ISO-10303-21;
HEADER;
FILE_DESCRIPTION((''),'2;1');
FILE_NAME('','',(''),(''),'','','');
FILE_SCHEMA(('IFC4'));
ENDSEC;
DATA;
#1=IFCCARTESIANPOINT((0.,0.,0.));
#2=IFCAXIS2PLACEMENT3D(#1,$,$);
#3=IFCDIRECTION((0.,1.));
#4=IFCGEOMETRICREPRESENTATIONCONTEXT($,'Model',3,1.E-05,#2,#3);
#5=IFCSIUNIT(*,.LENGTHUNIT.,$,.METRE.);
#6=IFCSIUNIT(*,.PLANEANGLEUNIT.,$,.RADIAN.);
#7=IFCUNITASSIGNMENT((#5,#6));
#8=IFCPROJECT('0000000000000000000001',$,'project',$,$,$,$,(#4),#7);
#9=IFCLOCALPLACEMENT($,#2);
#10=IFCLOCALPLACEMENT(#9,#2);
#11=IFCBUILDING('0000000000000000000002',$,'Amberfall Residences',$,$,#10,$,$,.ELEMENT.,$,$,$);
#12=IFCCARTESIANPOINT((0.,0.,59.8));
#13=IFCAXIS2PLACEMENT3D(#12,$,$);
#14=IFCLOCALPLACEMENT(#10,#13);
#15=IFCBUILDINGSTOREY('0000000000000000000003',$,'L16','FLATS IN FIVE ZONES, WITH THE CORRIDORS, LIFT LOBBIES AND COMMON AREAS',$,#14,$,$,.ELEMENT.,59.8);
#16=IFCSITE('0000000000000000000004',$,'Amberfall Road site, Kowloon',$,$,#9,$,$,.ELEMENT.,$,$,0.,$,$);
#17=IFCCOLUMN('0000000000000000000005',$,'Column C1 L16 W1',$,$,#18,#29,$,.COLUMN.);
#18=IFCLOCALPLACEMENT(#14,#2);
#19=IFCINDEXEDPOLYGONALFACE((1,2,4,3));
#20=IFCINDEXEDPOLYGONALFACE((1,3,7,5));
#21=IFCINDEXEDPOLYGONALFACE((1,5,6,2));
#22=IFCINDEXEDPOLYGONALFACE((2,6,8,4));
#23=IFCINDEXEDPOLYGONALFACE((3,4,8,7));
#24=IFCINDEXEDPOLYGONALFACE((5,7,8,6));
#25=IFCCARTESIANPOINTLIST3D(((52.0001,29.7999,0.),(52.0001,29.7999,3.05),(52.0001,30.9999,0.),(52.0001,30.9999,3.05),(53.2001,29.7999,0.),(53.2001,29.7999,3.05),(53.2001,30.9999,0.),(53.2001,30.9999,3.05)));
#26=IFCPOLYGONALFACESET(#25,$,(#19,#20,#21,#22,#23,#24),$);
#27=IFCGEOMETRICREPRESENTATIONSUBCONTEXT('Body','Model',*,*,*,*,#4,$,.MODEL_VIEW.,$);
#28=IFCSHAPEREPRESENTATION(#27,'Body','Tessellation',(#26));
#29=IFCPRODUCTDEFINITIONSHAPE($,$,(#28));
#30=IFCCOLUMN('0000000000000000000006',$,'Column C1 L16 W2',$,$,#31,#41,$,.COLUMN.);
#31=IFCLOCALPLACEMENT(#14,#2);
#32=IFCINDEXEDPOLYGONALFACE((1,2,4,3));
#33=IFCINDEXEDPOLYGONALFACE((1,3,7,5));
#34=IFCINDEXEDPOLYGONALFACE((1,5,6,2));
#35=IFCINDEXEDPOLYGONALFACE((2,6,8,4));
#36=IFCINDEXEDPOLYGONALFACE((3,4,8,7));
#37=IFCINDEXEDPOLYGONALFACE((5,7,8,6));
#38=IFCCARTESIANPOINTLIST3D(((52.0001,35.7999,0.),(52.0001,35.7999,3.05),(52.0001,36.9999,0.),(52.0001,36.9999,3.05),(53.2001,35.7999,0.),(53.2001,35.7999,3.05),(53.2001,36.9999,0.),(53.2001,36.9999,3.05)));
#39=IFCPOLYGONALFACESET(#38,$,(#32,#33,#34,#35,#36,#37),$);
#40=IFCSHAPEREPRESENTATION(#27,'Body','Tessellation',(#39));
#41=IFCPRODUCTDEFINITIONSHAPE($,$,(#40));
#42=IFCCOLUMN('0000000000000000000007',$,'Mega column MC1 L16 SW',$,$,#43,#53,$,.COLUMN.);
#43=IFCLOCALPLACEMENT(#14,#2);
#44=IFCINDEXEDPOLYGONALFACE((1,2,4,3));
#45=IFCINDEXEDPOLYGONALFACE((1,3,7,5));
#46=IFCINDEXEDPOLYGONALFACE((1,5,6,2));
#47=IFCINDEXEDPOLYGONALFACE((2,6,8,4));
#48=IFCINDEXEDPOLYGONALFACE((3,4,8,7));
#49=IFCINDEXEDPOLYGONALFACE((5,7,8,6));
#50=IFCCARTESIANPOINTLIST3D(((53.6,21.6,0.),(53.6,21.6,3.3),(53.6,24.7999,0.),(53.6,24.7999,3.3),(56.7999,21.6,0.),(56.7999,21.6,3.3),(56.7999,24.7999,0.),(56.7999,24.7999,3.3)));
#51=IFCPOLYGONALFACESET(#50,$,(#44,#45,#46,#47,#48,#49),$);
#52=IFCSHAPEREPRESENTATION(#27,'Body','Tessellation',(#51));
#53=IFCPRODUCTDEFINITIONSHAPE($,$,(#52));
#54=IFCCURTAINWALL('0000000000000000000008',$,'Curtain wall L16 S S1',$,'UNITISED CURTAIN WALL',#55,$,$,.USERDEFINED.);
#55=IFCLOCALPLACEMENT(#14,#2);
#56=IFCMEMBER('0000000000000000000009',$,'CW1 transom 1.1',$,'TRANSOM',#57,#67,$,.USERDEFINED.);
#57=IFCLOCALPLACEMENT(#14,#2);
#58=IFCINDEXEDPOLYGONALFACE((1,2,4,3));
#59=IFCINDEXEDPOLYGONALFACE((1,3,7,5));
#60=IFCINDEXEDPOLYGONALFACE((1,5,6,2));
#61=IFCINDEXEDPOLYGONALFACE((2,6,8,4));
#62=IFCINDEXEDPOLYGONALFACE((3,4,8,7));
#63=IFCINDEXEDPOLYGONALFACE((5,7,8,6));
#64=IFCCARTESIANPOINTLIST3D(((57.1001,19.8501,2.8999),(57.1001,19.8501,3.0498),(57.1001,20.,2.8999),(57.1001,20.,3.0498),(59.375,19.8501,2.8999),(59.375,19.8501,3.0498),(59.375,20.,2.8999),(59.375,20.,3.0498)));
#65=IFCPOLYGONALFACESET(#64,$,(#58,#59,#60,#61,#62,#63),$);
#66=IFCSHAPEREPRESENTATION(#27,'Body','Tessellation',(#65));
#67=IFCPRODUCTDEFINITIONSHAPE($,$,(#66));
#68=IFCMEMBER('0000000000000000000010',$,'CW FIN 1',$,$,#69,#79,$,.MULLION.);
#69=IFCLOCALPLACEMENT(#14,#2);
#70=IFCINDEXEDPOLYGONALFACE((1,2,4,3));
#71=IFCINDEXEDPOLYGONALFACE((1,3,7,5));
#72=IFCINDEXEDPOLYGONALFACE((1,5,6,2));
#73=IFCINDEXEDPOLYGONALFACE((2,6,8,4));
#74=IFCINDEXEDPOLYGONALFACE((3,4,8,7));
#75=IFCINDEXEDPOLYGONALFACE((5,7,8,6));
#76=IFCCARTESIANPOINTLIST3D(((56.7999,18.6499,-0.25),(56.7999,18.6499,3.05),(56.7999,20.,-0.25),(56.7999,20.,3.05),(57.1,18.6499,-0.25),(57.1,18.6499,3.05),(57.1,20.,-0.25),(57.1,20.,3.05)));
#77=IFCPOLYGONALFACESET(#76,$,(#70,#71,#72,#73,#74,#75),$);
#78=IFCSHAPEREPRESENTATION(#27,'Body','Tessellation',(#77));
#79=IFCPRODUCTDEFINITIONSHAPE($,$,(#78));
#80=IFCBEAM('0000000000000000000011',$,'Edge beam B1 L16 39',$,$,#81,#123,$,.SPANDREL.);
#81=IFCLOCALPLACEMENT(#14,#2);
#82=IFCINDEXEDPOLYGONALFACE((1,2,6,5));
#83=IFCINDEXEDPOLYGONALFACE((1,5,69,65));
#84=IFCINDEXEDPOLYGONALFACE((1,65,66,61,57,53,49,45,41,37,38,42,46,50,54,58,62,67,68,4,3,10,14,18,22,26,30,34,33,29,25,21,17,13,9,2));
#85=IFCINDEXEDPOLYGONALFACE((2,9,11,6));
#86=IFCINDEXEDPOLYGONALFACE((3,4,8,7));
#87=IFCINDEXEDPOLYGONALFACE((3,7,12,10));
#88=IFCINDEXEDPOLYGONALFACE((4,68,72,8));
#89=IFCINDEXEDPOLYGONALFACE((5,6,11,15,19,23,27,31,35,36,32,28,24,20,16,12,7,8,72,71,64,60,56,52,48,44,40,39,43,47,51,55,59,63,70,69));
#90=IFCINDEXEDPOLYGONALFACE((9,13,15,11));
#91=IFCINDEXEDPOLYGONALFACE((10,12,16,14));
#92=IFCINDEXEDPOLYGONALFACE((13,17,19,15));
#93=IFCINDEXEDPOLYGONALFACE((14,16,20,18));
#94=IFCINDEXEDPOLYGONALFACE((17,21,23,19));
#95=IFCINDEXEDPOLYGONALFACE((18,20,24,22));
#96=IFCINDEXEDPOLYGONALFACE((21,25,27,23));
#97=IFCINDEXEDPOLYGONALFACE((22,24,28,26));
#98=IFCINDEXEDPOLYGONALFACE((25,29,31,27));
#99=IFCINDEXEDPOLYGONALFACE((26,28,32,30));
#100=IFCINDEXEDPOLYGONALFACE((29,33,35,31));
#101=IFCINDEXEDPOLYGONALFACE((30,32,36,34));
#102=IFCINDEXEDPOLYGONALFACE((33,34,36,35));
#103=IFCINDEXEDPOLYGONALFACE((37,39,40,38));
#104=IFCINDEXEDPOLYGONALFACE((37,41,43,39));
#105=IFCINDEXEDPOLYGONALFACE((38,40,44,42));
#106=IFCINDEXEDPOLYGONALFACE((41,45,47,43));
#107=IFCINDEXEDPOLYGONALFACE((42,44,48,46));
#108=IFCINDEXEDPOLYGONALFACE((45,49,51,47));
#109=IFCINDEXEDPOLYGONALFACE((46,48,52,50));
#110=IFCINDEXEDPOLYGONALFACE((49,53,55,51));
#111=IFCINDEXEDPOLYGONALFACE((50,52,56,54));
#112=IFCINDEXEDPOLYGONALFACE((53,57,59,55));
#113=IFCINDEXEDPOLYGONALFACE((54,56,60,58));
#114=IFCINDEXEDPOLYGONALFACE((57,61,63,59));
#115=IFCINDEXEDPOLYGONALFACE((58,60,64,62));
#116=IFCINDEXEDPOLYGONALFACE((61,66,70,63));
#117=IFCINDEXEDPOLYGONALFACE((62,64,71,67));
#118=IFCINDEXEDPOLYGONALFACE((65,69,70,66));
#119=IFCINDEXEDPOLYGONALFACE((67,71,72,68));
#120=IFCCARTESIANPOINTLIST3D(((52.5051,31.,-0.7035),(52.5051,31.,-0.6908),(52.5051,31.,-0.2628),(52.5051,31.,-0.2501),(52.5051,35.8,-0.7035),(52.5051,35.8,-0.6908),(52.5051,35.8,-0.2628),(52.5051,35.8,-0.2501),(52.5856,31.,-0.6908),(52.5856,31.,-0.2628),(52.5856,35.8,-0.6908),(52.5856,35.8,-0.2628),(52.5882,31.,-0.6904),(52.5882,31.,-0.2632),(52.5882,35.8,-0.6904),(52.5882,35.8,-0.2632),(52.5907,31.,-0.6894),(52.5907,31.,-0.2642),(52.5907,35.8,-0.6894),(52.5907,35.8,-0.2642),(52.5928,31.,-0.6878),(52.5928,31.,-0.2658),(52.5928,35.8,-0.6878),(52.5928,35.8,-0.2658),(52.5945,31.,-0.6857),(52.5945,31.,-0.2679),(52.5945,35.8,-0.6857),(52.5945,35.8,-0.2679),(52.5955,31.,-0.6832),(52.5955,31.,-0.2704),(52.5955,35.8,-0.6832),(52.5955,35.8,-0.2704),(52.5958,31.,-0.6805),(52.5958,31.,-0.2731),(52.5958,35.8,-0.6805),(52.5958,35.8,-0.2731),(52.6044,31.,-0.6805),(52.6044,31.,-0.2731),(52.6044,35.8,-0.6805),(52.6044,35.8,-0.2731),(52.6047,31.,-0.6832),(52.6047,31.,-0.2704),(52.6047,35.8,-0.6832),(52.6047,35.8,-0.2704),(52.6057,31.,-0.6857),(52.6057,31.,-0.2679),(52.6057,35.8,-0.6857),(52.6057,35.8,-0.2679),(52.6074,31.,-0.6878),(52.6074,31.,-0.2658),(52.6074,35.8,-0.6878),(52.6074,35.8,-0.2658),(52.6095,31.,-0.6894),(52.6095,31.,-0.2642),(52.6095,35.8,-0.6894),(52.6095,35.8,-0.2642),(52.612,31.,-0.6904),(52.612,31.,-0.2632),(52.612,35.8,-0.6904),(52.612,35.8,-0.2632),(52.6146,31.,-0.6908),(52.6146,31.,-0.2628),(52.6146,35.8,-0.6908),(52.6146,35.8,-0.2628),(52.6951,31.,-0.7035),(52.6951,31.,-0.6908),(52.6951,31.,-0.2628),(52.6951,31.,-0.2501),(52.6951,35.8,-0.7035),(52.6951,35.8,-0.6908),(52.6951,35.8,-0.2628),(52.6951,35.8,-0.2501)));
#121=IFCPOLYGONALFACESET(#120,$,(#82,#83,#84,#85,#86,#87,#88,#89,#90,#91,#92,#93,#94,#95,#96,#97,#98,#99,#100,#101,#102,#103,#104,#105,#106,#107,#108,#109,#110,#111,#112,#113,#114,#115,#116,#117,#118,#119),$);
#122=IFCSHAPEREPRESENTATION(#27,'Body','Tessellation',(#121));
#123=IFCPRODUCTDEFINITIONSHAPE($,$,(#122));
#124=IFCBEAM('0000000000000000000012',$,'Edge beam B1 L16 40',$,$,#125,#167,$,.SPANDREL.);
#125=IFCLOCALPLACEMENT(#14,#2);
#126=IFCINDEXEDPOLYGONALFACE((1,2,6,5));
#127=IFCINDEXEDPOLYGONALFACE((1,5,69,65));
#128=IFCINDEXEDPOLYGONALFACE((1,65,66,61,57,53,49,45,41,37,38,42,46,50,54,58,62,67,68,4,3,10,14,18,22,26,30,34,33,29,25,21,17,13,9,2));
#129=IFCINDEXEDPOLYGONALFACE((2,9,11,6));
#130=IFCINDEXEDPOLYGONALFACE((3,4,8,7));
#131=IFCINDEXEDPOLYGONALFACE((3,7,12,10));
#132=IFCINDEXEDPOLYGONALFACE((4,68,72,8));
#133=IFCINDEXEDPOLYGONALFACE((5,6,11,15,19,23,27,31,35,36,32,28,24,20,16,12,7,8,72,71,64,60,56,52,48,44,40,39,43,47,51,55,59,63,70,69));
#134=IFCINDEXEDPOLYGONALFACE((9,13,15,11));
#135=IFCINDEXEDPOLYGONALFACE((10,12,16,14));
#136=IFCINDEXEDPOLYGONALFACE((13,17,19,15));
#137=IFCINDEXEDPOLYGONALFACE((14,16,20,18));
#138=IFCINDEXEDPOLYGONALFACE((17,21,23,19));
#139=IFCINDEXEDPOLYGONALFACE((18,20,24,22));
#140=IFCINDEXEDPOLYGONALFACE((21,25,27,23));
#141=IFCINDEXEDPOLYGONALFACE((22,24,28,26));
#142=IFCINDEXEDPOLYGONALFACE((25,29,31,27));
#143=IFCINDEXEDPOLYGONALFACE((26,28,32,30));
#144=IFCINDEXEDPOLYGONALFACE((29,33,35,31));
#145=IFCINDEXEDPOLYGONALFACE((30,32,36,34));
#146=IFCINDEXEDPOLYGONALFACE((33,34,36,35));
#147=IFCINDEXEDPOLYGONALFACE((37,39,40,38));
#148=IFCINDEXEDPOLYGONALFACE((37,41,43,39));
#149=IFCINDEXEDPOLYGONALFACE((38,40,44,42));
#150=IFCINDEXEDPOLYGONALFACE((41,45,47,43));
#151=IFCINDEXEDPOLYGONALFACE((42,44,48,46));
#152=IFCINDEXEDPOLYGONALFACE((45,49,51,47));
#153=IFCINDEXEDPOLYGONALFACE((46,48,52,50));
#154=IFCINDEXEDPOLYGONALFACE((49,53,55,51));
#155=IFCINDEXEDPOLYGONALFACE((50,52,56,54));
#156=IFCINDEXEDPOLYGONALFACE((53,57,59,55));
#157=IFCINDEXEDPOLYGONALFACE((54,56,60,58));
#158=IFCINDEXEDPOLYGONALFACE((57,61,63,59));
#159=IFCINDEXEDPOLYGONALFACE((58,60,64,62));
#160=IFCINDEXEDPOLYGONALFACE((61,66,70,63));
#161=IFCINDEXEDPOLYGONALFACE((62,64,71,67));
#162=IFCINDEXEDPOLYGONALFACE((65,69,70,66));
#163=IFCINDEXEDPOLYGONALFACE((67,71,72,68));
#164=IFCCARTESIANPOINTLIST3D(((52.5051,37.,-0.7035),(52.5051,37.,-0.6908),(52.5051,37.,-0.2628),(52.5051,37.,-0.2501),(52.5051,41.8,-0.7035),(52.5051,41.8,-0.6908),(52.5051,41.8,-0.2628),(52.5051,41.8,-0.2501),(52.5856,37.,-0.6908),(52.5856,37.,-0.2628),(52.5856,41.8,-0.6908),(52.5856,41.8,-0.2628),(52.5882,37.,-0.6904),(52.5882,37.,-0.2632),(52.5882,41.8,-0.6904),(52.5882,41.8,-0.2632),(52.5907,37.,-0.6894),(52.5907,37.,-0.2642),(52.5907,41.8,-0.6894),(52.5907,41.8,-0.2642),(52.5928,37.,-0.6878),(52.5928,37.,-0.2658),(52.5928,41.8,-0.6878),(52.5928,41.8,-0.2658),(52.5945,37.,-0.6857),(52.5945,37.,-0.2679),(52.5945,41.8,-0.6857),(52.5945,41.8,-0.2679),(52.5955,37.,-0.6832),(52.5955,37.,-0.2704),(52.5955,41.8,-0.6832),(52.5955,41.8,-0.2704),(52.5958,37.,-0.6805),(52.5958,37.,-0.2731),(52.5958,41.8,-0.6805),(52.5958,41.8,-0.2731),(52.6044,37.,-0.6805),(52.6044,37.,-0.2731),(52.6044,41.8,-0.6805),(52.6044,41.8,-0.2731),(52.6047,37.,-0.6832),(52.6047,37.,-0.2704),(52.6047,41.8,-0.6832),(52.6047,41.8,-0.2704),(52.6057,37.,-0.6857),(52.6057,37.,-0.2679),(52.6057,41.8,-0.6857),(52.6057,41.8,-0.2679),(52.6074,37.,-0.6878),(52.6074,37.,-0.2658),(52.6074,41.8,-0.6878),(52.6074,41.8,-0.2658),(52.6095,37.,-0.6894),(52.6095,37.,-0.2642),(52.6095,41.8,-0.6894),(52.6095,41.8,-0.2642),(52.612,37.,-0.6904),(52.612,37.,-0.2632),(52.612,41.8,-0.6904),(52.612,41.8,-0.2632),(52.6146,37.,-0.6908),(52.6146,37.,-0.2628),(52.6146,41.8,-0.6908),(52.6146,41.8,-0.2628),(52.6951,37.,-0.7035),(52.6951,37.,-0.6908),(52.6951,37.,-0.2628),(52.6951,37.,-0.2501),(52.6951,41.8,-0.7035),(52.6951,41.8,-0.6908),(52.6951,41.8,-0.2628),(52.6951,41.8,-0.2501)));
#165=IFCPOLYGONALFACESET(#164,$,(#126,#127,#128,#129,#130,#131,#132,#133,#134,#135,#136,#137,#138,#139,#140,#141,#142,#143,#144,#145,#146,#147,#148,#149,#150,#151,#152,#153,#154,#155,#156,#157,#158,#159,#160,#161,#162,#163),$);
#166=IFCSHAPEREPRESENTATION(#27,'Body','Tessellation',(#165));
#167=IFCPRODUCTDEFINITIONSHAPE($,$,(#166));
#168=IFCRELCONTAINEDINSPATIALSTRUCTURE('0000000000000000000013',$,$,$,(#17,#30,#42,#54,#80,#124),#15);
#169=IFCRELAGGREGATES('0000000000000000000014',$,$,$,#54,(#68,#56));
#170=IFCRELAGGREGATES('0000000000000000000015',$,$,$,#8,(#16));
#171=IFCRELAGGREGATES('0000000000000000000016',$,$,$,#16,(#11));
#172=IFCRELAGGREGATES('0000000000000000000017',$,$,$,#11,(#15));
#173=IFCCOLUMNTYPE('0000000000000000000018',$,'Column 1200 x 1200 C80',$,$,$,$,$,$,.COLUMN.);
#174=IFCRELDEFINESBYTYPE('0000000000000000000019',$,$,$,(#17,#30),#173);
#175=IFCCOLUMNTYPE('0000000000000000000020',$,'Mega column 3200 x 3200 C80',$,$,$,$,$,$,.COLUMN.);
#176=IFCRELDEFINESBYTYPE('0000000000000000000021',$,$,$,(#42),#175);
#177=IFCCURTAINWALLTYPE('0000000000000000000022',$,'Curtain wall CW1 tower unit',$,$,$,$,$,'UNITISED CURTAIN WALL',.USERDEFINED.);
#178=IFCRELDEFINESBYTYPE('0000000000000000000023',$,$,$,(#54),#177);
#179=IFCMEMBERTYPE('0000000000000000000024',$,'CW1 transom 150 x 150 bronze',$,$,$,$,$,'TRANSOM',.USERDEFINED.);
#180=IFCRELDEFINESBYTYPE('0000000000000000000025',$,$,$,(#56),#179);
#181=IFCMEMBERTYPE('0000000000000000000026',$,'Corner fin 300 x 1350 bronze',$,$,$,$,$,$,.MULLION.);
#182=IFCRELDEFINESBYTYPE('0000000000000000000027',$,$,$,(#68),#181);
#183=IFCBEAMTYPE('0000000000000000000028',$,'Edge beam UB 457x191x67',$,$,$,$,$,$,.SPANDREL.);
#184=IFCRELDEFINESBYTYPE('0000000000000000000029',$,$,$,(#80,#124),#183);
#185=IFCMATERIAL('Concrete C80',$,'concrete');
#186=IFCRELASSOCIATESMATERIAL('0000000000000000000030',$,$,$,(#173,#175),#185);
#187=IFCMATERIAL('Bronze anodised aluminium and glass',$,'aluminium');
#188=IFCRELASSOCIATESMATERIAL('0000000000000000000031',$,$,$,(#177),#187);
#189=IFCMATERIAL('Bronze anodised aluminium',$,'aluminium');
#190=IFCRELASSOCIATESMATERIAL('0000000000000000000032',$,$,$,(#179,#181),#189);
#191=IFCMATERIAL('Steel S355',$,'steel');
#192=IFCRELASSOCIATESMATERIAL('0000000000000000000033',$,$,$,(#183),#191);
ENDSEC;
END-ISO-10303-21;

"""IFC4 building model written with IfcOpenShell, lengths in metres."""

from ifc_helpers import new_model, si_unit, direction, frame, origin, origin_2d, place, context, subcontext, project, spatial, rectangle, i_section, extrude, material, material_profile, profile_set, type_object, element, aggregate, save


model = new_model("IFC4")

# Units and contexts
model_context = context("Model", 3, precision=1e-05, world=origin(), true_north=direction((0.0, 1.0)))
body_context = subcontext(model_context, "Body", "Model", "MODEL_VIEW")
ifc_project = project(units=[si_unit("LENGTHUNIT", "METRE"), si_unit("PLANEANGLEUNIT", "RADIAN")], contexts=[model_context])

# Site, building, storey
site_placement = place(None, origin())
site = spatial("IfcSite", under=ifc_project, at=site_placement, Name="Amberfall Road site, Kowloon", CompositionType="ELEMENT", RefElevation=0.0)
building_placement = place(site_placement, origin())
building = spatial("IfcBuilding", under=site, at=building_placement, Name="Amberfall Residences", CompositionType="ELEMENT")
storey_placement = place(building_placement, frame((0.0, 0.0, 59.8)))
storey = spatial("IfcBuildingStorey", under=building, at=storey_placement, Name="L16", Description="FLATS IN FIVE ZONES, WITH THE CORRIDORS, LIFT LOBBIES AND COMMON AREAS", CompositionType="ELEMENT", Elevation=59.8)

# Columns
ifc_material_1 = material(Name="Concrete C80", Category="concrete")
ifc_material_profile_1 = material_profile(ifc_material_1, rectangle(XDim=1.2, YDim=1.2, at=origin_2d()), Name="Column 1200 x 1200 C80")
ifc_profile_set_1 = profile_set([ifc_material_profile_1], Name="Concrete C80")
column_type_1 = type_object("IfcColumnType", Name="Column 1200 x 1200 C80", PredefinedType="COLUMN", material=ifc_profile_set_1)
for number, where, z_axis, x_axis, name in (
    (1, (52.6001, 30.3999, 0.0), (0.0, 0.0, 1.0), (1.0, 0.0, 0.0), "Column C1 L16 W1"),
    (2, (52.6001, 36.3999, 0.0), (0.0, 0.0, 1.0), (1.0, 0.0, 0.0), "Column C1 L16 W2"),
):
    element("IfcColumn", number, at=place(storey_placement, frame(where, z_axis=z_axis, x_axis=x_axis)), inside=storey, type_object=column_type_1, Name=name, PredefinedType="COLUMN", context=body_context, shape_type="SweptSolid", body=[
        extrude(rectangle(XDim=1.2, YDim=1.2, at=origin_2d()), origin(), (0.0, 0.0, 1.0), 3.05),
    ])
ifc_material_profile_2 = material_profile(ifc_material_1, rectangle(XDim=3.2, YDim=3.2, at=origin_2d()), Name="Mega column 3200 x 3200 C80")
ifc_profile_set_2 = profile_set([ifc_material_profile_2], Name="Concrete C80")
column_type_2 = type_object("IfcColumnType", Name="Mega column 3200 x 3200 C80", PredefinedType="COLUMN", material=ifc_profile_set_2)
column_placement = place(storey_placement, frame((55.2, 23.2, 0.0), z_axis=(0.0, 0.0, 1.0), x_axis=(1.0, 0.0, 0.0)))
element("IfcColumn", 3, at=column_placement, inside=storey, type_object=column_type_2, Name="Mega column MC1 L16 SW", PredefinedType="COLUMN", context=body_context, shape_type="SweptSolid", body=[
    extrude(rectangle(XDim=3.2, YDim=3.2, at=origin_2d()), origin(), (0.0, 0.0, 1.0), 3.3),
])

# Curtain wall, members
ifc_material_2 = material(Name="Bronze anodised aluminium and glass", Category="aluminium")
curtain_wall_type = type_object("IfcCurtainWallType", Name="Curtain wall CW1 tower unit", ElementType="UNITISED CURTAIN WALL", PredefinedType="USERDEFINED", material=ifc_material_2)
curtain_wall_placement = place(storey_placement, origin())
curtain_wall = element("IfcCurtainWall", 4, at=curtain_wall_placement, inside=storey, type_object=curtain_wall_type, Name="Curtain wall L16 S S1", ObjectType="UNITISED CURTAIN WALL", PredefinedType="USERDEFINED")
ifc_material_3 = material(Name="Bronze anodised aluminium", Category="aluminium")
ifc_material_profile_3 = material_profile(ifc_material_3, rectangle(XDim=0.1499, YDim=0.1499, at=origin_2d()), Name="CW1 transom 150 x 150 bronze")
ifc_profile_set_3 = profile_set([ifc_material_profile_3], Name="Bronze anodised aluminium")
member_type_1 = type_object("IfcMemberType", Name="CW1 transom 150 x 150 bronze", ElementType="TRANSOM", PredefinedType="USERDEFINED", material=ifc_profile_set_3)
member_1_placement = place(storey_placement, frame((57.1001, 19.925, 2.9749), z_axis=(1.0, 0.0, 0.0), x_axis=(0.0, 1.0, 0.0)))
member_1 = element("IfcMember", 5, at=member_1_placement, type_object=member_type_1, Name="CW1 transom 1.1", ObjectType="TRANSOM", PredefinedType="USERDEFINED", context=body_context, shape_type="SweptSolid", body=[
    extrude(rectangle(XDim=0.1499, YDim=0.1499, at=origin_2d()), origin(), (0.0, 0.0, 1.0), 2.2749),
])
ifc_material_profile_4 = material_profile(ifc_material_3, rectangle(XDim=1.3501, YDim=0.3, at=origin_2d()), Name="Corner fin 300 x 1350 bronze")
ifc_profile_set_4 = profile_set([ifc_material_profile_4], Name="Bronze anodised aluminium")
member_type_2 = type_object("IfcMemberType", Name="Corner fin 300 x 1350 bronze", PredefinedType="MULLION", material=ifc_profile_set_4)
member_2_placement = place(storey_placement, frame((56.95, 19.325, -0.25), z_axis=(0.0, 0.0, 1.0), x_axis=(0.0, 1.0, 0.0)))
member_2 = element("IfcMember", 6, at=member_2_placement, type_object=member_type_2, Name="CW FIN 1", PredefinedType="MULLION", context=body_context, shape_type="SweptSolid", body=[
    extrude(rectangle(XDim=1.3501, YDim=0.3, at=origin_2d()), origin(), (0.0, 0.0, 1.0), 3.3),
])

# Beams
ifc_material_4 = material(Name="Steel S355", Category="steel")
ifc_material_profile_5 = material_profile(ifc_material_4, i_section(OverallWidth=0.1899, OverallDepth=0.4534, WebThickness=0.0085, FlangeThickness=0.0127, FilletRadius=0.0103, at=origin_2d()), Name="UB 457x191x67")
ifc_profile_set_5 = profile_set([ifc_material_profile_5], Name="Steel S355")
beam_type_1 = type_object("IfcBeamType", Name="Edge beam UB 457x191x67", PredefinedType="SPANDREL", material=ifc_profile_set_5)
for number, where, z_axis, x_axis, name in (
    (7, (52.6001, 31.0, -0.4768), (0.0, 1.0, 0.0), (-1.0, 0.0, 0.0), "Edge beam B1 L16 39"),
    (8, (52.6001, 37.0, -0.4768), (0.0, 1.0, 0.0), (-1.0, 0.0, 0.0), "Edge beam B1 L16 40"),
):
    element("IfcBeam", number, at=place(storey_placement, frame(where, z_axis=z_axis, x_axis=x_axis)), inside=storey, type_object=beam_type_1, Name=name, PredefinedType="SPANDREL", context=body_context, shape_type="SweptSolid", body=[
        extrude(i_section(OverallWidth=0.1899, OverallDepth=0.4534, WebThickness=0.0085, FlangeThickness=0.0127, FilletRadius=0.0103, at=origin_2d()), origin(), (0.0, 0.0, 1.0), 4.8),
    ])

aggregate(curtain_wall, [member_2, member_1])

save(model, "model.ifc")
